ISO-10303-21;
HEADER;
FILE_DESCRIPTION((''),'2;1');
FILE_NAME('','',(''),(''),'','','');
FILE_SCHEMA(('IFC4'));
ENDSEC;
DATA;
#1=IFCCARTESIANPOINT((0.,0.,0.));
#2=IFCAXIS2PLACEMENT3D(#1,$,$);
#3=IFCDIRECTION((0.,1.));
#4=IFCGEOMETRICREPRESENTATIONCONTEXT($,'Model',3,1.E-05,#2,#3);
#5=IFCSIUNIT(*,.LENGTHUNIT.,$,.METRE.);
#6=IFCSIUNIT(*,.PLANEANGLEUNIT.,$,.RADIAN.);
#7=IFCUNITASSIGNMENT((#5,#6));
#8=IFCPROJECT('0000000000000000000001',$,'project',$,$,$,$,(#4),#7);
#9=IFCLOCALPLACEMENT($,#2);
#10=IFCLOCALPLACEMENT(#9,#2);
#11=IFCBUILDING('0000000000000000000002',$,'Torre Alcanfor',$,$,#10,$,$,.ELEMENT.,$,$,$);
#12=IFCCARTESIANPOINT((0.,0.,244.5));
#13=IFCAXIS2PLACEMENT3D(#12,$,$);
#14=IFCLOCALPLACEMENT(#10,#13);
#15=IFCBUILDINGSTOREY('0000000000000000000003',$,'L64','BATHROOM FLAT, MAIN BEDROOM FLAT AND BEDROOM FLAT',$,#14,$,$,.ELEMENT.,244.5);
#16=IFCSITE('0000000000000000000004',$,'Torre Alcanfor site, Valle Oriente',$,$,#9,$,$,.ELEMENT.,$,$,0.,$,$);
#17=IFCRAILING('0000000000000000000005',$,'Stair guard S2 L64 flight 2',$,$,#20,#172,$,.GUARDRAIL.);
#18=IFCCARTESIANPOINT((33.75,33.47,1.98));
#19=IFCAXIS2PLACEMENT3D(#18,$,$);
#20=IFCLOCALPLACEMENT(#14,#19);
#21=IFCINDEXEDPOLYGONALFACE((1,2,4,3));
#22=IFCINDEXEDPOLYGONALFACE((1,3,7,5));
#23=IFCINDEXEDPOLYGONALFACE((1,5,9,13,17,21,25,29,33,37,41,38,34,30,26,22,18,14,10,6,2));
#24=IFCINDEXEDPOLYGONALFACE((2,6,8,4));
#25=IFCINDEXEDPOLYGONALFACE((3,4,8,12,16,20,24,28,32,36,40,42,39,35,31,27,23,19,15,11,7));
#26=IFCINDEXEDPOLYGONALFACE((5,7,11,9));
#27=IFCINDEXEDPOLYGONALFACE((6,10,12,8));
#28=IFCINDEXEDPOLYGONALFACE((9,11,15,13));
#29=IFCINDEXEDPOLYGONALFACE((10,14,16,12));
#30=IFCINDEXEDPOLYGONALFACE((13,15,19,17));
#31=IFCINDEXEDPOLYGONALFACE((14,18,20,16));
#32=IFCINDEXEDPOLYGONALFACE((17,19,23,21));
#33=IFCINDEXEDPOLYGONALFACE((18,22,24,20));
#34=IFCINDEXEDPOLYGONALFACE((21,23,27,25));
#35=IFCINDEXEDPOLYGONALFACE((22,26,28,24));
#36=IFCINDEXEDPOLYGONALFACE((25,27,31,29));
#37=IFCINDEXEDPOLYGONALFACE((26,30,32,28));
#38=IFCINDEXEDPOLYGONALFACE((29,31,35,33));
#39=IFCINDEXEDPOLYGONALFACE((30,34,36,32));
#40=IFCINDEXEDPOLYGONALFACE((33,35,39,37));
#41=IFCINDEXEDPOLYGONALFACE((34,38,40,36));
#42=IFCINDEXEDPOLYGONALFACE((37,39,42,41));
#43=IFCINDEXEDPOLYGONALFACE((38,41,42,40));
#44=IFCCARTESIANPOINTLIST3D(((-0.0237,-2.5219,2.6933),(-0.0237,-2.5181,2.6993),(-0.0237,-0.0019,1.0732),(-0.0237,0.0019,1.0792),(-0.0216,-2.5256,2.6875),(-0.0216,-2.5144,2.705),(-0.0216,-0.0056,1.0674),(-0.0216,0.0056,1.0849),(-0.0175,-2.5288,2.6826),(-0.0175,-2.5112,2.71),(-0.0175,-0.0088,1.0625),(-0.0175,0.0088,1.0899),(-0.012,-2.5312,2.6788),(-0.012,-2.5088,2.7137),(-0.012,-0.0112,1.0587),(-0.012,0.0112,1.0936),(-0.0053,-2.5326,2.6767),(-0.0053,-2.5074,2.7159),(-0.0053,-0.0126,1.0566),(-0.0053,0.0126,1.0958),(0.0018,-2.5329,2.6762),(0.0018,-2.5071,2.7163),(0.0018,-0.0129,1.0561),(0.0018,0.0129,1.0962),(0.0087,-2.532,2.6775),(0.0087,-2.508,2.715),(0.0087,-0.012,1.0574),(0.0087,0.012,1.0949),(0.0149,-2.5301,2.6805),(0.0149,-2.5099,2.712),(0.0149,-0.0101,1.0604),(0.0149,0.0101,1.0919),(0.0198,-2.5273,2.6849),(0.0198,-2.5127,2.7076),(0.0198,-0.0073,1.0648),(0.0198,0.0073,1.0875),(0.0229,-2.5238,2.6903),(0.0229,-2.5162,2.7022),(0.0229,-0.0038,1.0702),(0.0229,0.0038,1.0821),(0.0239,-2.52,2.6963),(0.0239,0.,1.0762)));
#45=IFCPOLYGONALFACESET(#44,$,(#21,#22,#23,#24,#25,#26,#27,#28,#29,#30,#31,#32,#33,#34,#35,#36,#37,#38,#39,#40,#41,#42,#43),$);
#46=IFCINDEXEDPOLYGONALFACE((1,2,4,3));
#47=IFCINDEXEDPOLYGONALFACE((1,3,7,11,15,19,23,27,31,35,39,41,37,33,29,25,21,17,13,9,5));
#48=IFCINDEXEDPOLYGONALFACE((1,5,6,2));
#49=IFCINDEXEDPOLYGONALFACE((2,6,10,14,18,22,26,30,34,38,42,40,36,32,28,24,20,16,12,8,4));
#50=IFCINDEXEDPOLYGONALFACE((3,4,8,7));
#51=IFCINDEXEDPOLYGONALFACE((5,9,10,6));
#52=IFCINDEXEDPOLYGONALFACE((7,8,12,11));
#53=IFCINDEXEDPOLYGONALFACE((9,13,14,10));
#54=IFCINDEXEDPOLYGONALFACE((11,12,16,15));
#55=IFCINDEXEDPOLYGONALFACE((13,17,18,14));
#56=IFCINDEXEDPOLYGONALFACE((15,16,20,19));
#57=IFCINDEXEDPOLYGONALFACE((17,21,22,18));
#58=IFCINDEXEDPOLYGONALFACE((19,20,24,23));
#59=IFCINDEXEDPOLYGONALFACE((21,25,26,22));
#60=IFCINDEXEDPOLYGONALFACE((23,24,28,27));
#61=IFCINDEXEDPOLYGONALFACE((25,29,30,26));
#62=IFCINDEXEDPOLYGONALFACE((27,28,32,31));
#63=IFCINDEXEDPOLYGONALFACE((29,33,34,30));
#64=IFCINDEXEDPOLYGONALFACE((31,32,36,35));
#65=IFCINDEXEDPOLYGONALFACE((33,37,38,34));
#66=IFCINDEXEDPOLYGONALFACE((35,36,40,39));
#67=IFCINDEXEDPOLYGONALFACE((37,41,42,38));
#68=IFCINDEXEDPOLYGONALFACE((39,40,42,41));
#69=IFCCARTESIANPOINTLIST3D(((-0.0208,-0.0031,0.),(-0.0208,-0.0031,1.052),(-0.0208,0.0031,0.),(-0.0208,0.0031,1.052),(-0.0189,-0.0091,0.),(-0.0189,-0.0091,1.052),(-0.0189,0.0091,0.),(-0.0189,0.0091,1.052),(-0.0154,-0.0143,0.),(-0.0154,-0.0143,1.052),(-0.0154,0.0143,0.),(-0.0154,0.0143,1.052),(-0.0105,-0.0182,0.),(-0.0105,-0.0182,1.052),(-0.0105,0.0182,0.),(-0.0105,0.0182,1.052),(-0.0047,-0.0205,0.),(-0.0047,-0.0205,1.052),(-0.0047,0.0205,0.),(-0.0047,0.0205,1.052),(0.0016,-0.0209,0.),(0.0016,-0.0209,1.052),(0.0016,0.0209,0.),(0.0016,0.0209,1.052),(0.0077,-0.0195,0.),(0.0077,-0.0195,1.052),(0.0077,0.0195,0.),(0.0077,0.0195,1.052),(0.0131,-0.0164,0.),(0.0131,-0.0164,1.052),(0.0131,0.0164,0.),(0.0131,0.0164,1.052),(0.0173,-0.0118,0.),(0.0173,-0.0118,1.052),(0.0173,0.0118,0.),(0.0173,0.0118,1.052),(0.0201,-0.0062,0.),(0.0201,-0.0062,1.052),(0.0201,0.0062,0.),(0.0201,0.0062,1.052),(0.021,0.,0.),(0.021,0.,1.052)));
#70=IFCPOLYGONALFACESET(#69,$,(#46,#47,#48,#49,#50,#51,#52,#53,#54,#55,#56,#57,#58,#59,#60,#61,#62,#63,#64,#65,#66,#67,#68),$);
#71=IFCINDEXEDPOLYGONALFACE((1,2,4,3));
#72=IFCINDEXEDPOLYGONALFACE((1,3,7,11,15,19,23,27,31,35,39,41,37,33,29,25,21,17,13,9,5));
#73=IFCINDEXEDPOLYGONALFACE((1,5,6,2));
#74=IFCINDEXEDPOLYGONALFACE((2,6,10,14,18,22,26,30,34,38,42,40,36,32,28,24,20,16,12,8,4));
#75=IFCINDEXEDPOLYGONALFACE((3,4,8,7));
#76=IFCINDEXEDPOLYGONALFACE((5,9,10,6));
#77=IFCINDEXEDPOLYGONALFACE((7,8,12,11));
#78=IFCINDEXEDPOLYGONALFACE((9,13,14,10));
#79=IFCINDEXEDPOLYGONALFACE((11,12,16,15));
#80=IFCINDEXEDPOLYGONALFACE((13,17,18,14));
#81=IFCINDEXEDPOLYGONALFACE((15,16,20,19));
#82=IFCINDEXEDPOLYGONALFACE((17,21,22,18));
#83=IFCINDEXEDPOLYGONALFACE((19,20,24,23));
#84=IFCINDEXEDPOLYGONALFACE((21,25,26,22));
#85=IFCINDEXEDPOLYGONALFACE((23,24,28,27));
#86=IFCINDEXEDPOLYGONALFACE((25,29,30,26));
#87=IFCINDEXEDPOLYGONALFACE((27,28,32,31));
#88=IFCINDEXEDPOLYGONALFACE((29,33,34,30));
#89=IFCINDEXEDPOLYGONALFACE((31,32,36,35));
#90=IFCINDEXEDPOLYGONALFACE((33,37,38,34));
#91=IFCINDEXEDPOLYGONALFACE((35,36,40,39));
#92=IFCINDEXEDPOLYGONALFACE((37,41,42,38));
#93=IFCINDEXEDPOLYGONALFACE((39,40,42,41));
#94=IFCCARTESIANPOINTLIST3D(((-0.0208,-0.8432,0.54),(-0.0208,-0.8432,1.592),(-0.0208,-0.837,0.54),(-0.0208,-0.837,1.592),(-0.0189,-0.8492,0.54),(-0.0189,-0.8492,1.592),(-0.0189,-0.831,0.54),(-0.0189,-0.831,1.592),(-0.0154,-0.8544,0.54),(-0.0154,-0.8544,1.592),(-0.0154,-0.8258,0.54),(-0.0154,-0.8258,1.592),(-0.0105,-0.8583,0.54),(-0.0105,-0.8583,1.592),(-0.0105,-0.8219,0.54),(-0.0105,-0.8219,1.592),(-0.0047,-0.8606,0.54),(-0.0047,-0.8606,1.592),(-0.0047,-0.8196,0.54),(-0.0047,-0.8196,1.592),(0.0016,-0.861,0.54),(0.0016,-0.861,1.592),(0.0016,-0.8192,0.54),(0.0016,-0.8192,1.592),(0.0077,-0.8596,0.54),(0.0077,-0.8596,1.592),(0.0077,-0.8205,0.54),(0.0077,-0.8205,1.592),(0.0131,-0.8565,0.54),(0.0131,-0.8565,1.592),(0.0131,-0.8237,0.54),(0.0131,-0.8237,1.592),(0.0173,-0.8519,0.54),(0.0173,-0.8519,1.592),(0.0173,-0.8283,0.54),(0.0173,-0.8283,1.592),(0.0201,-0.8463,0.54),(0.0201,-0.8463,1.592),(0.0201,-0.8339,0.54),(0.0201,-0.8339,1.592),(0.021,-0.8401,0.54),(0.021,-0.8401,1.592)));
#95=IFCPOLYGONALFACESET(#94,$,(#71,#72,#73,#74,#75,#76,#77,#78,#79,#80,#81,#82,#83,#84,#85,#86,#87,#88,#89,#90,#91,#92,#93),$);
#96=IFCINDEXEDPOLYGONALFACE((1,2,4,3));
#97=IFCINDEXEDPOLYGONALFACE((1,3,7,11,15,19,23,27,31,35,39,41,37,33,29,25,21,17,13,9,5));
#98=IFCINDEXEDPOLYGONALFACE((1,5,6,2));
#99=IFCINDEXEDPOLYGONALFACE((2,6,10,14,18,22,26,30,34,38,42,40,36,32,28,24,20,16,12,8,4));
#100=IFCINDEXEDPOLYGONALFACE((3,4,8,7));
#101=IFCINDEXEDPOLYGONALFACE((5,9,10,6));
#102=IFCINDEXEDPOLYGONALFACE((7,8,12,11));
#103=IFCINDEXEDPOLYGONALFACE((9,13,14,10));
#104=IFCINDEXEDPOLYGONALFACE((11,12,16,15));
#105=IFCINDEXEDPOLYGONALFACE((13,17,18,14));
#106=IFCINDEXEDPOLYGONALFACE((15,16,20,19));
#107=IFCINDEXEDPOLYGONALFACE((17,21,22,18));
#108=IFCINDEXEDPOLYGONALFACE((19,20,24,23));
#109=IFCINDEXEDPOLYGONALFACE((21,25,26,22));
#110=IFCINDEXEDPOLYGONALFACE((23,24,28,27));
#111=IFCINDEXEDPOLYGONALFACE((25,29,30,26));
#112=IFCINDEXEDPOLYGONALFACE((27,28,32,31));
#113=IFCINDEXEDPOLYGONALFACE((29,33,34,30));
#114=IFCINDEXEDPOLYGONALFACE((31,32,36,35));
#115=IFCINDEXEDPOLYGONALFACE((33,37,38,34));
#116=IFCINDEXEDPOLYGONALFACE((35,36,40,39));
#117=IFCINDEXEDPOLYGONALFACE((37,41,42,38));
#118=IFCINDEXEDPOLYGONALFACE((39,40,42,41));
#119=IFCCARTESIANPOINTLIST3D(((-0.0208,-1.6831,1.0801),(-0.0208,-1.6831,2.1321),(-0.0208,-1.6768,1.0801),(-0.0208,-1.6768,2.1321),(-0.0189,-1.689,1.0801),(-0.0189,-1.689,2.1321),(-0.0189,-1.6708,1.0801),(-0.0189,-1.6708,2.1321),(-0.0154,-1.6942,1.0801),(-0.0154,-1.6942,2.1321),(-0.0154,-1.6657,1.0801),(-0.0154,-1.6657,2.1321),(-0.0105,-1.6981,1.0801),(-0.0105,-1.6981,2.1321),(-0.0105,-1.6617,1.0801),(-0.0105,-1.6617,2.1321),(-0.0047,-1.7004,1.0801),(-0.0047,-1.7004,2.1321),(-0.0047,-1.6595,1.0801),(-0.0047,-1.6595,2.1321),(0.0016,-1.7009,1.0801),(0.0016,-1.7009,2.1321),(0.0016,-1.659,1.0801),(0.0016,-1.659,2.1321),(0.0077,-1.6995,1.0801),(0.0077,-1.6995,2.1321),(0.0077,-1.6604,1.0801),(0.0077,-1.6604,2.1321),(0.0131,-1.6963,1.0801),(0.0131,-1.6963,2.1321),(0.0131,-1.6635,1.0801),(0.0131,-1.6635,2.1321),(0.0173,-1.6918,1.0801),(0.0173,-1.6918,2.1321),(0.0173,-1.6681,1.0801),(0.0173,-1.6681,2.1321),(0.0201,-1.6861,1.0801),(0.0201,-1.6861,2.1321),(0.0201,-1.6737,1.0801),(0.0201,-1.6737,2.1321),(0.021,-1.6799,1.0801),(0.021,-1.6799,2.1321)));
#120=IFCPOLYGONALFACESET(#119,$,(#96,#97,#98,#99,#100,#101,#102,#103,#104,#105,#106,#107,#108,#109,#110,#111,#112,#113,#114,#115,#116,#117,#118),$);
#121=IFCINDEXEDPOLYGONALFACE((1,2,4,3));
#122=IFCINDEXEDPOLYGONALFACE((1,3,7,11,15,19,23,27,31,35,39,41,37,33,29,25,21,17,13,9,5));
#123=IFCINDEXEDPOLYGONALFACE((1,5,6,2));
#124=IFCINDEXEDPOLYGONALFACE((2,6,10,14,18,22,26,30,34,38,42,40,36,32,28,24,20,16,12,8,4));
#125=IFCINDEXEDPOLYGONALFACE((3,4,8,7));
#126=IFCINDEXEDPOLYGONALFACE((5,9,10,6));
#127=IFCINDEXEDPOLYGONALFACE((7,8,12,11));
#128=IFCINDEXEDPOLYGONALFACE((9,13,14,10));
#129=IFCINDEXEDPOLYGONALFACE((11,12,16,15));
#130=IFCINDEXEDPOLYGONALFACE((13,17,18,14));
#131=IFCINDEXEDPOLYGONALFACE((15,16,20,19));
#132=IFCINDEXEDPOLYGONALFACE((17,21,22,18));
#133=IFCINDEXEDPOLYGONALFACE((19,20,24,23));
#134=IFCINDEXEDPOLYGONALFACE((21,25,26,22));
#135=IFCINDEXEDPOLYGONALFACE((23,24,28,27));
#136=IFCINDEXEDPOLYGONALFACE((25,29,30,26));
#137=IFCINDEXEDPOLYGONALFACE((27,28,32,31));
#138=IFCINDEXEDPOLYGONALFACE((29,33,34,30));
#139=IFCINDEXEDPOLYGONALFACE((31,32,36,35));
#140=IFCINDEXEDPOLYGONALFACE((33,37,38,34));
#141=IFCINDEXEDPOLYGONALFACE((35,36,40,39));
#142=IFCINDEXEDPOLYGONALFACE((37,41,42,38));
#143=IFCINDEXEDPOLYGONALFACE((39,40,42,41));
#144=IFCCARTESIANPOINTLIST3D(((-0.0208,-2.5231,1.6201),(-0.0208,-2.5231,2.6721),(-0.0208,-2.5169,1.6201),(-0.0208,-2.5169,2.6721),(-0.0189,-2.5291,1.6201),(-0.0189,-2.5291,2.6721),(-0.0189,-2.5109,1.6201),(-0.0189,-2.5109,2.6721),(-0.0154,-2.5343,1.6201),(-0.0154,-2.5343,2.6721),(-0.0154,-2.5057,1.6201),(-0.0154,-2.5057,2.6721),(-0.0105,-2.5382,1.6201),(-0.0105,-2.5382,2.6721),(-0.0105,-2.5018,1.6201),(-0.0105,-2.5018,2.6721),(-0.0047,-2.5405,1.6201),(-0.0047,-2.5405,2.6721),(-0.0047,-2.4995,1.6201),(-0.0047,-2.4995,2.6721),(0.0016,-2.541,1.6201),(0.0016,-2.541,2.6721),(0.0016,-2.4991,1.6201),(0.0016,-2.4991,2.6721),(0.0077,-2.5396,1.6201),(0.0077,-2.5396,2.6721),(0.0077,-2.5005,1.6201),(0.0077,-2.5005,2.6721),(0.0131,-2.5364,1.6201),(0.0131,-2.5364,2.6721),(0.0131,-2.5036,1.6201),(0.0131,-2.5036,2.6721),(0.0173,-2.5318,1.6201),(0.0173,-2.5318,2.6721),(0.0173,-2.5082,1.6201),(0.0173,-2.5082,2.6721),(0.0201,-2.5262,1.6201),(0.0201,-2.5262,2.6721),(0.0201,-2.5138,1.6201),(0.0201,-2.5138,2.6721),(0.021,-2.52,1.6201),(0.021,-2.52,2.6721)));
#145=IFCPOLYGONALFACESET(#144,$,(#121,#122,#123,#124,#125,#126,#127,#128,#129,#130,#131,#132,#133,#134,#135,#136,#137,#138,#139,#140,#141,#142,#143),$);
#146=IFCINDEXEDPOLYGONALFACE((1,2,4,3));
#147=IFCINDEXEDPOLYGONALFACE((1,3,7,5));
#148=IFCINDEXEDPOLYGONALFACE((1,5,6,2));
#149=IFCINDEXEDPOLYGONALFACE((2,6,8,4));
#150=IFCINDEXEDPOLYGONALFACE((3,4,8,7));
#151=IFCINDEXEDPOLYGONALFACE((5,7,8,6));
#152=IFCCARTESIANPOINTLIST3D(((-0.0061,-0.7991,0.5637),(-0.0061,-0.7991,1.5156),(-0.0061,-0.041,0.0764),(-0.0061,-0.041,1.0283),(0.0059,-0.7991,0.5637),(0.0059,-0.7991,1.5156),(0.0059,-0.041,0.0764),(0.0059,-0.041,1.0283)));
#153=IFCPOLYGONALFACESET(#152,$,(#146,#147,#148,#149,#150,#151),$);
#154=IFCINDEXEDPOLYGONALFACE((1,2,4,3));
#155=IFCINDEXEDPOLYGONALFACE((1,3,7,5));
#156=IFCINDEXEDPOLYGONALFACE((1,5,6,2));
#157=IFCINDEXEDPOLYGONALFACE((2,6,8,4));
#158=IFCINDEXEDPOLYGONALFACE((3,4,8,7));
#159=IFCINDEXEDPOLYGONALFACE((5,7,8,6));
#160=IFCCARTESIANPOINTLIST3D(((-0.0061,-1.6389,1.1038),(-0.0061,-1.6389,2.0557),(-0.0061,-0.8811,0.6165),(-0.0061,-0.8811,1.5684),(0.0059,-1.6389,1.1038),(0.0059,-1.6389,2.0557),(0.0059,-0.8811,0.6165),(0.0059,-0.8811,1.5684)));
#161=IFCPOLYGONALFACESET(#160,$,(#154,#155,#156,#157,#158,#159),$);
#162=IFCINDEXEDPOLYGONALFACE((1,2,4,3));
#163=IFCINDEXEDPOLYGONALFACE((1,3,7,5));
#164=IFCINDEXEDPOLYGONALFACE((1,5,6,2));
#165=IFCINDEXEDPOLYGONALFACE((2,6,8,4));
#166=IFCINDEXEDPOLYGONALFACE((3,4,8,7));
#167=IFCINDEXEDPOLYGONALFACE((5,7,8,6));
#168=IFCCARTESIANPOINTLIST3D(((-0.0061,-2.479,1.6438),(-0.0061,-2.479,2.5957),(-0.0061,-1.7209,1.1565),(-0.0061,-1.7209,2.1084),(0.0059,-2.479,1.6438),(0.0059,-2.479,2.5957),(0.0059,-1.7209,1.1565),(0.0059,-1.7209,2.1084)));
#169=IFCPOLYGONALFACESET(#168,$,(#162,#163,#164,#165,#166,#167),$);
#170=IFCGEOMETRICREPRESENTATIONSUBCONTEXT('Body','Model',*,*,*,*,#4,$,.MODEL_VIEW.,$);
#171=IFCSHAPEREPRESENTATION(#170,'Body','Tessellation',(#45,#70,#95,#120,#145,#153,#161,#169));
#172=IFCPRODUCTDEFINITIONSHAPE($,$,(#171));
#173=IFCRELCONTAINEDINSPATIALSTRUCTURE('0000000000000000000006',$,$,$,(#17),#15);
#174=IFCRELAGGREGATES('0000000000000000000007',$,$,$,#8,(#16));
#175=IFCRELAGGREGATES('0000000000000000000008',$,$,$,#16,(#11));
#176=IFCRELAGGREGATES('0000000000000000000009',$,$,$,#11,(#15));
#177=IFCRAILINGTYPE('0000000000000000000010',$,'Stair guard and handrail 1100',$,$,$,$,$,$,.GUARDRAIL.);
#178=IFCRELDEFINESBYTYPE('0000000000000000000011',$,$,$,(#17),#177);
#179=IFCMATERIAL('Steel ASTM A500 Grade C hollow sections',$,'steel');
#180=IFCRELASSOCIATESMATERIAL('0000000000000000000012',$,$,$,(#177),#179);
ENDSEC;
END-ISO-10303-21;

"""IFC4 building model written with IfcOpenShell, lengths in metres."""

from ifc_helpers import new_model, si_unit, direction, frame, origin, origin_2d, place, context, subcontext, project, spatial, polyline, circle, outline, extrude, material, type_object, element, save


model = new_model("IFC4")

# Units and contexts
model_context = context("Model", 3, precision=1e-05, world=origin(), true_north=direction((0.0, 1.0)))
body_context = subcontext(model_context, "Body", "Model", "MODEL_VIEW")
ifc_project = project(units=[si_unit("LENGTHUNIT", "METRE"), si_unit("PLANEANGLEUNIT", "RADIAN")], contexts=[model_context])

# Site, building, storey
site_placement = place(None, origin())
site = spatial("IfcSite", under=ifc_project, at=site_placement, Name="Torre Alcanfor site, Valle Oriente", CompositionType="ELEMENT", RefElevation=0.0)
building_placement = place(site_placement, origin())
building = spatial("IfcBuilding", under=site, at=building_placement, Name="Torre Alcanfor", CompositionType="ELEMENT")
storey_placement = place(building_placement, frame((0.0, 0.0, 244.5)))
storey = spatial("IfcBuildingStorey", under=building, at=storey_placement, Name="L64", Description="BATHROOM FLAT, MAIN BEDROOM FLAT AND BEDROOM FLAT", CompositionType="ELEMENT", Elevation=244.5)

# Railing
ifc_material_1 = material(Name="Steel ASTM A500 Grade C hollow sections", Category="steel")
railing_type_1 = type_object("IfcRailingType", Name="Stair guard and handrail 1100", PredefinedType="GUARDRAIL", material=ifc_material_1)
railing_1_placement = place(storey_placement, frame((33.75, 33.47, 1.98)))
element("IfcRailing", 1, at=railing_1_placement, inside=storey, type_object=railing_type_1, Name="Stair guard S2 L64 flight 2", PredefinedType="GUARDRAIL", context=body_context, shape_type="SweptSolid", body=[
    extrude(circle(Radius=0.0239, at=origin_2d()), frame((0.0, 0.0, 1.0762), z_axis=(0.0, -0.841163, 0.540782), x_axis=(1.0, 0.0, 0.0)), (0.0, 0.0, 1.0), 2.9958),
    extrude(circle(Radius=0.021, at=origin_2d()), origin(), (0.0, 0.0, 1.0), 1.052),
    extrude(circle(Radius=0.021, at=origin_2d()), frame((0.0, -0.8401, 0.54)), (0.0, 0.0, 1.0), 1.052),
    extrude(circle(Radius=0.021, at=origin_2d()), frame((0.0, -1.6799, 1.0801)), (0.0, 0.0, 1.0), 1.052),
    extrude(circle(Radius=0.021, at=origin_2d()), frame((0.0, -2.52, 1.6201)), (0.0, 0.0, 1.0), 1.052),
    extrude(outline(polyline([(0.041, 0.0764), (0.7991, 0.5637), (0.7991, 1.5156), (0.041, 1.0283), (0.041, 0.0764)])), frame((0.0059, 0.0, 0.0), z_axis=(-1.0, 0.0, 0.0), x_axis=(0.0, -1.0, 0.0)), (0.0, 0.0, 1.0), 0.012),
    extrude(outline(polyline([(0.8811, 0.6165), (1.6389, 1.1038), (1.6389, 2.0557), (0.8811, 1.5684), (0.8811, 0.6165)])), frame((0.0059, 0.0, 0.0), z_axis=(-1.0, 0.0, 0.0), x_axis=(0.0, -1.0, 0.0)), (0.0, 0.0, 1.0), 0.012),
    extrude(outline(polyline([(1.7209, 1.1565), (2.479, 1.6438), (2.479, 2.5957), (1.7209, 2.1084), (1.7209, 1.1565)])), frame((0.0059, 0.0, 0.0), z_axis=(-1.0, 0.0, 0.0), x_axis=(0.0, -1.0, 0.0)), (0.0, 0.0, 1.0), 0.012),
])

save(model, "model.ifc")
